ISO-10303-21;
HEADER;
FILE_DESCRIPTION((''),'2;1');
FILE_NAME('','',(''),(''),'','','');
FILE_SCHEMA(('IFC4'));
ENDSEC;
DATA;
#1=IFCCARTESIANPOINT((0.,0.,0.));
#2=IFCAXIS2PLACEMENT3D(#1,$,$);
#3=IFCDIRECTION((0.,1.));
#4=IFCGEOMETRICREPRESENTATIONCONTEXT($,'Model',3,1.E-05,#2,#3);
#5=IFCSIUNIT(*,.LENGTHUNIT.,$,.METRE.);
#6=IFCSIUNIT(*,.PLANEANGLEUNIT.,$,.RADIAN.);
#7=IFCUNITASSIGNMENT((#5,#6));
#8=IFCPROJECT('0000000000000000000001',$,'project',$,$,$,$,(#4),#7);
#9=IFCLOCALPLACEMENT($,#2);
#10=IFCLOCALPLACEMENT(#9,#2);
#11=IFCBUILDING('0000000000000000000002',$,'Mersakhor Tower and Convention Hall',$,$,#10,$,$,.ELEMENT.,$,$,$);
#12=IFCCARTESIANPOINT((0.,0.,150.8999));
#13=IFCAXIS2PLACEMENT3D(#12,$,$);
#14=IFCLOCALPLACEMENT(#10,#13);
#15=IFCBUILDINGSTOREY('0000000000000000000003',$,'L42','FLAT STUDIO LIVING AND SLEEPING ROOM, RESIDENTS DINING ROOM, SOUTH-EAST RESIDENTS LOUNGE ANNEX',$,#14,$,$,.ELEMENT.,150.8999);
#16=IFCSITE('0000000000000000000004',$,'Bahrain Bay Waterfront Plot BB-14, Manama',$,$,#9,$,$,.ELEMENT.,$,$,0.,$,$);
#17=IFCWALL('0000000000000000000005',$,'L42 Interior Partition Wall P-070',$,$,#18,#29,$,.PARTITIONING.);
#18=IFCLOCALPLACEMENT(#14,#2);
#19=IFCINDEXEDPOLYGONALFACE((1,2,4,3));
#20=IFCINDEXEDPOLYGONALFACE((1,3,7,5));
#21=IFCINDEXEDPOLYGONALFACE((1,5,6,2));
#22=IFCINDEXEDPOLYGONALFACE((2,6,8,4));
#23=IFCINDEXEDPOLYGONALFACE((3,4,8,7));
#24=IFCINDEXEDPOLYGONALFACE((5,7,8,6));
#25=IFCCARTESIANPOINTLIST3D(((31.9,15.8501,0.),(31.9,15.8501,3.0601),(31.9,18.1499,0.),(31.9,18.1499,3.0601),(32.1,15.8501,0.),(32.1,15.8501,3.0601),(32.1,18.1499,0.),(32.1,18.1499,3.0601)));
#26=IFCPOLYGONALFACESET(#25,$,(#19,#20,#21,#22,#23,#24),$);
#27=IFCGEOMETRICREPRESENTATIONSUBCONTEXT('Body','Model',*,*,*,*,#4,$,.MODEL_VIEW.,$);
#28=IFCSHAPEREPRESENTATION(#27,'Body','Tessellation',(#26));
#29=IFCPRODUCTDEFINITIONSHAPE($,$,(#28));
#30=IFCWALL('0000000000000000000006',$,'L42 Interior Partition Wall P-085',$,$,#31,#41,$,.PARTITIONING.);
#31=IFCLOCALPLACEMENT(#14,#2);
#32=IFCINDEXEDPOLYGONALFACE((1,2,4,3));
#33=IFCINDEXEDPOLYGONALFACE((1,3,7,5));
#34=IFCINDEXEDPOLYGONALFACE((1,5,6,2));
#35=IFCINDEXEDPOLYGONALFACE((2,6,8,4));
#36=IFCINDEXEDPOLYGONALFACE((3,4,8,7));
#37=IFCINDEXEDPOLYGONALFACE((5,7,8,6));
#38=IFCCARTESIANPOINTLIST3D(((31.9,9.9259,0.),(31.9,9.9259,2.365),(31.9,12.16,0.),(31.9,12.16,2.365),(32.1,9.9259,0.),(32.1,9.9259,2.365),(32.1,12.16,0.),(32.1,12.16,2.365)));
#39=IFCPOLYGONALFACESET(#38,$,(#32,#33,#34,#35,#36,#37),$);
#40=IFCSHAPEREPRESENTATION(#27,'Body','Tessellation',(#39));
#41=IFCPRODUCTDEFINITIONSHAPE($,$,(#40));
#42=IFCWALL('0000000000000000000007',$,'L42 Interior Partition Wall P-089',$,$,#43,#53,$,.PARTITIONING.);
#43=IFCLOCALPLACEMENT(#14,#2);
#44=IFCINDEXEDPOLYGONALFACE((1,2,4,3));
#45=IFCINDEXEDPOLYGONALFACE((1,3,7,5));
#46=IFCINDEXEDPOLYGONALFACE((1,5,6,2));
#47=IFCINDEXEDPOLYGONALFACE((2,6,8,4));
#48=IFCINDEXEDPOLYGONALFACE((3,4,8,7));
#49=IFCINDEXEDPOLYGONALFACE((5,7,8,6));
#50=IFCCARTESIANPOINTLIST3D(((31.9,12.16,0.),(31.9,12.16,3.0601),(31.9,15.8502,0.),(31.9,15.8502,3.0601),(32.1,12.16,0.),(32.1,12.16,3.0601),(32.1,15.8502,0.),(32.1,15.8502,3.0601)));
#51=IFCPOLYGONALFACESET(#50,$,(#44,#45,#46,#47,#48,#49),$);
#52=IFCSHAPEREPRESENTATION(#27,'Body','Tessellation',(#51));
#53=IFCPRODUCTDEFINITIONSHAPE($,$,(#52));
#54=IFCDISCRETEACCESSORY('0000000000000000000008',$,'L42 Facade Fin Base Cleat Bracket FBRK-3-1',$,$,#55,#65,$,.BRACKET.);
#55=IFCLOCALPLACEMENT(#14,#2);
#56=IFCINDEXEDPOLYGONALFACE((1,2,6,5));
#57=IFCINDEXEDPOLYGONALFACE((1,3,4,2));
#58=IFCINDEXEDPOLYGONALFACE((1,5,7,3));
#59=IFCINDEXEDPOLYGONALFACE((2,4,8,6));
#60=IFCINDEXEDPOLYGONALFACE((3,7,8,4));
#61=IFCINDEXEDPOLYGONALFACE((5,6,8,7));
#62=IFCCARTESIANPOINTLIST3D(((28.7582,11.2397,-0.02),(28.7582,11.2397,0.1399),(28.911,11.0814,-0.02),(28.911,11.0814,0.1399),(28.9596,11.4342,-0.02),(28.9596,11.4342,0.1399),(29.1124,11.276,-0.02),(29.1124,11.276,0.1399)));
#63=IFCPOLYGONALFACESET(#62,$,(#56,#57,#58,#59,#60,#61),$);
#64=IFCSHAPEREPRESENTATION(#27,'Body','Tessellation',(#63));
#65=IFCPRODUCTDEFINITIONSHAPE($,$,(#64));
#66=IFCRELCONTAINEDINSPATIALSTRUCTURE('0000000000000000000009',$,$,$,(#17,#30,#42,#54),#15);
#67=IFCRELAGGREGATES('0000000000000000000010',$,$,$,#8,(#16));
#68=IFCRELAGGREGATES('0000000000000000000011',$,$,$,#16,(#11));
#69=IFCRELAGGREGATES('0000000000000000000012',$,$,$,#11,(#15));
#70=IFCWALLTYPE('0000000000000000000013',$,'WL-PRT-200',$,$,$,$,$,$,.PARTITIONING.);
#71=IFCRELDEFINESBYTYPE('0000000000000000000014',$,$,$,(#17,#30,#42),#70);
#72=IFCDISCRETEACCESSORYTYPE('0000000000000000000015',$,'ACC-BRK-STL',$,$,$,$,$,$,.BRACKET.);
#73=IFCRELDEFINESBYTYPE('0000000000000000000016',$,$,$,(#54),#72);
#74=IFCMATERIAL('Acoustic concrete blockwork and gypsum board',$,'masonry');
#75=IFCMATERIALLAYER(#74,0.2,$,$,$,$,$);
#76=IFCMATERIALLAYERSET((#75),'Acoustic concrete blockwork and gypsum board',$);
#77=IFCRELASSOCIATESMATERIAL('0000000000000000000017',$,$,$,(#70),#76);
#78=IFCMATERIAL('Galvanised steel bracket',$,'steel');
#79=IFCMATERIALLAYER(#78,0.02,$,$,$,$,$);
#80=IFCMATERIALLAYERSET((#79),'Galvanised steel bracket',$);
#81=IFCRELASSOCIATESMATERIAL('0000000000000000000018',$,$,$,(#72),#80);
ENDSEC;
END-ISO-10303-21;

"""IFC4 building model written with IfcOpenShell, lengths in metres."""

from ifc_helpers import new_model, si_unit, direction, frame, frame_2d, origin, origin_2d, place, context, subcontext, project, spatial, rectangle, extrude, material, layer, layer_set, type_object, element, save


model = new_model("IFC4")

# Units and contexts
model_context = context("Model", 3, precision=1e-05, world=origin(), true_north=direction((0.0, 1.0)))
body_context = subcontext(model_context, "Body", "Model", "MODEL_VIEW")
ifc_project = project(units=[si_unit("LENGTHUNIT", "METRE"), si_unit("PLANEANGLEUNIT", "RADIAN")], contexts=[model_context])

# Site, building, storey
site_placement = place(None, origin())
site = spatial("IfcSite", under=ifc_project, at=site_placement, Name="Bahrain Bay Waterfront Plot BB-14, Manama", CompositionType="ELEMENT", RefElevation=0.0)
building_placement = place(site_placement, origin())
building = spatial("IfcBuilding", under=site, at=building_placement, Name="Mersakhor Tower and Convention Hall", CompositionType="ELEMENT")
storey_placement = place(building_placement, frame((0.0, 0.0, 150.8999)))
storey = spatial("IfcBuildingStorey", under=building, at=storey_placement, Name="L42", Description="FLAT STUDIO LIVING AND SLEEPING ROOM, RESIDENTS DINING ROOM, SOUTH-EAST RESIDENTS LOUNGE ANNEX", CompositionType="ELEMENT", Elevation=150.8999)

# Shared definitions
ifc_material_1 = material(Name="Acoustic concrete blockwork and gypsum board", Category="masonry")
ifc_layer_1 = layer(ifc_material_1, 0.2)
ifc_layer_set_1 = layer_set([ifc_layer_1], Name="Acoustic concrete blockwork and gypsum board")
wall_type_1 = type_object("IfcWallType", Name="WL-PRT-200", PredefinedType="PARTITIONING", material=ifc_layer_set_1)

# Walls
wall_1_placement = place(storey_placement, frame((32.0, 18.1499, 0.0), z_axis=(0.0, 0.0, 1.0), x_axis=(0.0, -1.0, 0.0)))
element("IfcWall", 1, at=wall_1_placement, inside=storey, type_object=wall_type_1, Name="L42 Interior Partition Wall P-070", PredefinedType="PARTITIONING", context=body_context, shape_type="SweptSolid", body=[
    extrude(rectangle(XDim=2.2998, YDim=0.2, at=frame_2d((1.1499, 0.0))), origin(), (0.0, 0.0, 1.0), 3.0601),
])
wall_2_placement = place(storey_placement, frame((32.0, 9.9258, 0.0), z_axis=(0.0, 0.0, 1.0), x_axis=(0.0, 1.0, 0.0)))
element("IfcWall", 2, at=wall_2_placement, inside=storey, type_object=wall_type_1, Name="L42 Interior Partition Wall P-085", PredefinedType="PARTITIONING", context=body_context, shape_type="SweptSolid", body=[
    extrude(rectangle(XDim=2.2341, YDim=0.2, at=frame_2d((1.1172, 0.0))), origin(), (0.0, 0.0, 1.0), 2.365),
])
wall_3_placement = place(storey_placement, frame((32.0, 12.1599, 0.0), z_axis=(0.0, 0.0, 1.0), x_axis=(0.0, 1.0, 0.0)))
element("IfcWall", 3, at=wall_3_placement, inside=storey, type_object=wall_type_1, Name="L42 Interior Partition Wall P-089", PredefinedType="PARTITIONING", context=body_context, shape_type="SweptSolid", body=[
    extrude(rectangle(XDim=3.6902, YDim=0.2, at=frame_2d((1.8452, 0.0))), origin(), (0.0, 0.0, 1.0), 3.0601),
])

# Discrete accessory
ifc_material_2 = material(Name="Galvanised steel bracket", Category="steel")
ifc_layer_2 = layer(ifc_material_2, 0.02)
ifc_layer_set_2 = layer_set([ifc_layer_2], Name="Galvanised steel bracket")
discrete_accessory_type = type_object("IfcDiscreteAccessoryType", Name="ACC-BRK-STL", PredefinedType="BRACKET", material=ifc_layer_set_2)
discrete_accessory_placement = place(storey_placement, frame((28.9353, 11.2578, -0.02), z_axis=(0.0, 0.0, 1.0), x_axis=(-0.71934, -0.694658, 0.0)))
element("IfcDiscreteAccessory", 4, at=discrete_accessory_placement, inside=storey, type_object=discrete_accessory_type, Name="L42 Facade Fin Base Cleat Bracket FBRK-3-1", PredefinedType="BRACKET", context=body_context, shape_type="SweptSolid", body=[
    extrude(rectangle(XDim=0.28, YDim=0.22, at=origin_2d()), origin(), (0.0, 0.0, 1.0), 0.1599),
])

save(model, "model.ifc")
